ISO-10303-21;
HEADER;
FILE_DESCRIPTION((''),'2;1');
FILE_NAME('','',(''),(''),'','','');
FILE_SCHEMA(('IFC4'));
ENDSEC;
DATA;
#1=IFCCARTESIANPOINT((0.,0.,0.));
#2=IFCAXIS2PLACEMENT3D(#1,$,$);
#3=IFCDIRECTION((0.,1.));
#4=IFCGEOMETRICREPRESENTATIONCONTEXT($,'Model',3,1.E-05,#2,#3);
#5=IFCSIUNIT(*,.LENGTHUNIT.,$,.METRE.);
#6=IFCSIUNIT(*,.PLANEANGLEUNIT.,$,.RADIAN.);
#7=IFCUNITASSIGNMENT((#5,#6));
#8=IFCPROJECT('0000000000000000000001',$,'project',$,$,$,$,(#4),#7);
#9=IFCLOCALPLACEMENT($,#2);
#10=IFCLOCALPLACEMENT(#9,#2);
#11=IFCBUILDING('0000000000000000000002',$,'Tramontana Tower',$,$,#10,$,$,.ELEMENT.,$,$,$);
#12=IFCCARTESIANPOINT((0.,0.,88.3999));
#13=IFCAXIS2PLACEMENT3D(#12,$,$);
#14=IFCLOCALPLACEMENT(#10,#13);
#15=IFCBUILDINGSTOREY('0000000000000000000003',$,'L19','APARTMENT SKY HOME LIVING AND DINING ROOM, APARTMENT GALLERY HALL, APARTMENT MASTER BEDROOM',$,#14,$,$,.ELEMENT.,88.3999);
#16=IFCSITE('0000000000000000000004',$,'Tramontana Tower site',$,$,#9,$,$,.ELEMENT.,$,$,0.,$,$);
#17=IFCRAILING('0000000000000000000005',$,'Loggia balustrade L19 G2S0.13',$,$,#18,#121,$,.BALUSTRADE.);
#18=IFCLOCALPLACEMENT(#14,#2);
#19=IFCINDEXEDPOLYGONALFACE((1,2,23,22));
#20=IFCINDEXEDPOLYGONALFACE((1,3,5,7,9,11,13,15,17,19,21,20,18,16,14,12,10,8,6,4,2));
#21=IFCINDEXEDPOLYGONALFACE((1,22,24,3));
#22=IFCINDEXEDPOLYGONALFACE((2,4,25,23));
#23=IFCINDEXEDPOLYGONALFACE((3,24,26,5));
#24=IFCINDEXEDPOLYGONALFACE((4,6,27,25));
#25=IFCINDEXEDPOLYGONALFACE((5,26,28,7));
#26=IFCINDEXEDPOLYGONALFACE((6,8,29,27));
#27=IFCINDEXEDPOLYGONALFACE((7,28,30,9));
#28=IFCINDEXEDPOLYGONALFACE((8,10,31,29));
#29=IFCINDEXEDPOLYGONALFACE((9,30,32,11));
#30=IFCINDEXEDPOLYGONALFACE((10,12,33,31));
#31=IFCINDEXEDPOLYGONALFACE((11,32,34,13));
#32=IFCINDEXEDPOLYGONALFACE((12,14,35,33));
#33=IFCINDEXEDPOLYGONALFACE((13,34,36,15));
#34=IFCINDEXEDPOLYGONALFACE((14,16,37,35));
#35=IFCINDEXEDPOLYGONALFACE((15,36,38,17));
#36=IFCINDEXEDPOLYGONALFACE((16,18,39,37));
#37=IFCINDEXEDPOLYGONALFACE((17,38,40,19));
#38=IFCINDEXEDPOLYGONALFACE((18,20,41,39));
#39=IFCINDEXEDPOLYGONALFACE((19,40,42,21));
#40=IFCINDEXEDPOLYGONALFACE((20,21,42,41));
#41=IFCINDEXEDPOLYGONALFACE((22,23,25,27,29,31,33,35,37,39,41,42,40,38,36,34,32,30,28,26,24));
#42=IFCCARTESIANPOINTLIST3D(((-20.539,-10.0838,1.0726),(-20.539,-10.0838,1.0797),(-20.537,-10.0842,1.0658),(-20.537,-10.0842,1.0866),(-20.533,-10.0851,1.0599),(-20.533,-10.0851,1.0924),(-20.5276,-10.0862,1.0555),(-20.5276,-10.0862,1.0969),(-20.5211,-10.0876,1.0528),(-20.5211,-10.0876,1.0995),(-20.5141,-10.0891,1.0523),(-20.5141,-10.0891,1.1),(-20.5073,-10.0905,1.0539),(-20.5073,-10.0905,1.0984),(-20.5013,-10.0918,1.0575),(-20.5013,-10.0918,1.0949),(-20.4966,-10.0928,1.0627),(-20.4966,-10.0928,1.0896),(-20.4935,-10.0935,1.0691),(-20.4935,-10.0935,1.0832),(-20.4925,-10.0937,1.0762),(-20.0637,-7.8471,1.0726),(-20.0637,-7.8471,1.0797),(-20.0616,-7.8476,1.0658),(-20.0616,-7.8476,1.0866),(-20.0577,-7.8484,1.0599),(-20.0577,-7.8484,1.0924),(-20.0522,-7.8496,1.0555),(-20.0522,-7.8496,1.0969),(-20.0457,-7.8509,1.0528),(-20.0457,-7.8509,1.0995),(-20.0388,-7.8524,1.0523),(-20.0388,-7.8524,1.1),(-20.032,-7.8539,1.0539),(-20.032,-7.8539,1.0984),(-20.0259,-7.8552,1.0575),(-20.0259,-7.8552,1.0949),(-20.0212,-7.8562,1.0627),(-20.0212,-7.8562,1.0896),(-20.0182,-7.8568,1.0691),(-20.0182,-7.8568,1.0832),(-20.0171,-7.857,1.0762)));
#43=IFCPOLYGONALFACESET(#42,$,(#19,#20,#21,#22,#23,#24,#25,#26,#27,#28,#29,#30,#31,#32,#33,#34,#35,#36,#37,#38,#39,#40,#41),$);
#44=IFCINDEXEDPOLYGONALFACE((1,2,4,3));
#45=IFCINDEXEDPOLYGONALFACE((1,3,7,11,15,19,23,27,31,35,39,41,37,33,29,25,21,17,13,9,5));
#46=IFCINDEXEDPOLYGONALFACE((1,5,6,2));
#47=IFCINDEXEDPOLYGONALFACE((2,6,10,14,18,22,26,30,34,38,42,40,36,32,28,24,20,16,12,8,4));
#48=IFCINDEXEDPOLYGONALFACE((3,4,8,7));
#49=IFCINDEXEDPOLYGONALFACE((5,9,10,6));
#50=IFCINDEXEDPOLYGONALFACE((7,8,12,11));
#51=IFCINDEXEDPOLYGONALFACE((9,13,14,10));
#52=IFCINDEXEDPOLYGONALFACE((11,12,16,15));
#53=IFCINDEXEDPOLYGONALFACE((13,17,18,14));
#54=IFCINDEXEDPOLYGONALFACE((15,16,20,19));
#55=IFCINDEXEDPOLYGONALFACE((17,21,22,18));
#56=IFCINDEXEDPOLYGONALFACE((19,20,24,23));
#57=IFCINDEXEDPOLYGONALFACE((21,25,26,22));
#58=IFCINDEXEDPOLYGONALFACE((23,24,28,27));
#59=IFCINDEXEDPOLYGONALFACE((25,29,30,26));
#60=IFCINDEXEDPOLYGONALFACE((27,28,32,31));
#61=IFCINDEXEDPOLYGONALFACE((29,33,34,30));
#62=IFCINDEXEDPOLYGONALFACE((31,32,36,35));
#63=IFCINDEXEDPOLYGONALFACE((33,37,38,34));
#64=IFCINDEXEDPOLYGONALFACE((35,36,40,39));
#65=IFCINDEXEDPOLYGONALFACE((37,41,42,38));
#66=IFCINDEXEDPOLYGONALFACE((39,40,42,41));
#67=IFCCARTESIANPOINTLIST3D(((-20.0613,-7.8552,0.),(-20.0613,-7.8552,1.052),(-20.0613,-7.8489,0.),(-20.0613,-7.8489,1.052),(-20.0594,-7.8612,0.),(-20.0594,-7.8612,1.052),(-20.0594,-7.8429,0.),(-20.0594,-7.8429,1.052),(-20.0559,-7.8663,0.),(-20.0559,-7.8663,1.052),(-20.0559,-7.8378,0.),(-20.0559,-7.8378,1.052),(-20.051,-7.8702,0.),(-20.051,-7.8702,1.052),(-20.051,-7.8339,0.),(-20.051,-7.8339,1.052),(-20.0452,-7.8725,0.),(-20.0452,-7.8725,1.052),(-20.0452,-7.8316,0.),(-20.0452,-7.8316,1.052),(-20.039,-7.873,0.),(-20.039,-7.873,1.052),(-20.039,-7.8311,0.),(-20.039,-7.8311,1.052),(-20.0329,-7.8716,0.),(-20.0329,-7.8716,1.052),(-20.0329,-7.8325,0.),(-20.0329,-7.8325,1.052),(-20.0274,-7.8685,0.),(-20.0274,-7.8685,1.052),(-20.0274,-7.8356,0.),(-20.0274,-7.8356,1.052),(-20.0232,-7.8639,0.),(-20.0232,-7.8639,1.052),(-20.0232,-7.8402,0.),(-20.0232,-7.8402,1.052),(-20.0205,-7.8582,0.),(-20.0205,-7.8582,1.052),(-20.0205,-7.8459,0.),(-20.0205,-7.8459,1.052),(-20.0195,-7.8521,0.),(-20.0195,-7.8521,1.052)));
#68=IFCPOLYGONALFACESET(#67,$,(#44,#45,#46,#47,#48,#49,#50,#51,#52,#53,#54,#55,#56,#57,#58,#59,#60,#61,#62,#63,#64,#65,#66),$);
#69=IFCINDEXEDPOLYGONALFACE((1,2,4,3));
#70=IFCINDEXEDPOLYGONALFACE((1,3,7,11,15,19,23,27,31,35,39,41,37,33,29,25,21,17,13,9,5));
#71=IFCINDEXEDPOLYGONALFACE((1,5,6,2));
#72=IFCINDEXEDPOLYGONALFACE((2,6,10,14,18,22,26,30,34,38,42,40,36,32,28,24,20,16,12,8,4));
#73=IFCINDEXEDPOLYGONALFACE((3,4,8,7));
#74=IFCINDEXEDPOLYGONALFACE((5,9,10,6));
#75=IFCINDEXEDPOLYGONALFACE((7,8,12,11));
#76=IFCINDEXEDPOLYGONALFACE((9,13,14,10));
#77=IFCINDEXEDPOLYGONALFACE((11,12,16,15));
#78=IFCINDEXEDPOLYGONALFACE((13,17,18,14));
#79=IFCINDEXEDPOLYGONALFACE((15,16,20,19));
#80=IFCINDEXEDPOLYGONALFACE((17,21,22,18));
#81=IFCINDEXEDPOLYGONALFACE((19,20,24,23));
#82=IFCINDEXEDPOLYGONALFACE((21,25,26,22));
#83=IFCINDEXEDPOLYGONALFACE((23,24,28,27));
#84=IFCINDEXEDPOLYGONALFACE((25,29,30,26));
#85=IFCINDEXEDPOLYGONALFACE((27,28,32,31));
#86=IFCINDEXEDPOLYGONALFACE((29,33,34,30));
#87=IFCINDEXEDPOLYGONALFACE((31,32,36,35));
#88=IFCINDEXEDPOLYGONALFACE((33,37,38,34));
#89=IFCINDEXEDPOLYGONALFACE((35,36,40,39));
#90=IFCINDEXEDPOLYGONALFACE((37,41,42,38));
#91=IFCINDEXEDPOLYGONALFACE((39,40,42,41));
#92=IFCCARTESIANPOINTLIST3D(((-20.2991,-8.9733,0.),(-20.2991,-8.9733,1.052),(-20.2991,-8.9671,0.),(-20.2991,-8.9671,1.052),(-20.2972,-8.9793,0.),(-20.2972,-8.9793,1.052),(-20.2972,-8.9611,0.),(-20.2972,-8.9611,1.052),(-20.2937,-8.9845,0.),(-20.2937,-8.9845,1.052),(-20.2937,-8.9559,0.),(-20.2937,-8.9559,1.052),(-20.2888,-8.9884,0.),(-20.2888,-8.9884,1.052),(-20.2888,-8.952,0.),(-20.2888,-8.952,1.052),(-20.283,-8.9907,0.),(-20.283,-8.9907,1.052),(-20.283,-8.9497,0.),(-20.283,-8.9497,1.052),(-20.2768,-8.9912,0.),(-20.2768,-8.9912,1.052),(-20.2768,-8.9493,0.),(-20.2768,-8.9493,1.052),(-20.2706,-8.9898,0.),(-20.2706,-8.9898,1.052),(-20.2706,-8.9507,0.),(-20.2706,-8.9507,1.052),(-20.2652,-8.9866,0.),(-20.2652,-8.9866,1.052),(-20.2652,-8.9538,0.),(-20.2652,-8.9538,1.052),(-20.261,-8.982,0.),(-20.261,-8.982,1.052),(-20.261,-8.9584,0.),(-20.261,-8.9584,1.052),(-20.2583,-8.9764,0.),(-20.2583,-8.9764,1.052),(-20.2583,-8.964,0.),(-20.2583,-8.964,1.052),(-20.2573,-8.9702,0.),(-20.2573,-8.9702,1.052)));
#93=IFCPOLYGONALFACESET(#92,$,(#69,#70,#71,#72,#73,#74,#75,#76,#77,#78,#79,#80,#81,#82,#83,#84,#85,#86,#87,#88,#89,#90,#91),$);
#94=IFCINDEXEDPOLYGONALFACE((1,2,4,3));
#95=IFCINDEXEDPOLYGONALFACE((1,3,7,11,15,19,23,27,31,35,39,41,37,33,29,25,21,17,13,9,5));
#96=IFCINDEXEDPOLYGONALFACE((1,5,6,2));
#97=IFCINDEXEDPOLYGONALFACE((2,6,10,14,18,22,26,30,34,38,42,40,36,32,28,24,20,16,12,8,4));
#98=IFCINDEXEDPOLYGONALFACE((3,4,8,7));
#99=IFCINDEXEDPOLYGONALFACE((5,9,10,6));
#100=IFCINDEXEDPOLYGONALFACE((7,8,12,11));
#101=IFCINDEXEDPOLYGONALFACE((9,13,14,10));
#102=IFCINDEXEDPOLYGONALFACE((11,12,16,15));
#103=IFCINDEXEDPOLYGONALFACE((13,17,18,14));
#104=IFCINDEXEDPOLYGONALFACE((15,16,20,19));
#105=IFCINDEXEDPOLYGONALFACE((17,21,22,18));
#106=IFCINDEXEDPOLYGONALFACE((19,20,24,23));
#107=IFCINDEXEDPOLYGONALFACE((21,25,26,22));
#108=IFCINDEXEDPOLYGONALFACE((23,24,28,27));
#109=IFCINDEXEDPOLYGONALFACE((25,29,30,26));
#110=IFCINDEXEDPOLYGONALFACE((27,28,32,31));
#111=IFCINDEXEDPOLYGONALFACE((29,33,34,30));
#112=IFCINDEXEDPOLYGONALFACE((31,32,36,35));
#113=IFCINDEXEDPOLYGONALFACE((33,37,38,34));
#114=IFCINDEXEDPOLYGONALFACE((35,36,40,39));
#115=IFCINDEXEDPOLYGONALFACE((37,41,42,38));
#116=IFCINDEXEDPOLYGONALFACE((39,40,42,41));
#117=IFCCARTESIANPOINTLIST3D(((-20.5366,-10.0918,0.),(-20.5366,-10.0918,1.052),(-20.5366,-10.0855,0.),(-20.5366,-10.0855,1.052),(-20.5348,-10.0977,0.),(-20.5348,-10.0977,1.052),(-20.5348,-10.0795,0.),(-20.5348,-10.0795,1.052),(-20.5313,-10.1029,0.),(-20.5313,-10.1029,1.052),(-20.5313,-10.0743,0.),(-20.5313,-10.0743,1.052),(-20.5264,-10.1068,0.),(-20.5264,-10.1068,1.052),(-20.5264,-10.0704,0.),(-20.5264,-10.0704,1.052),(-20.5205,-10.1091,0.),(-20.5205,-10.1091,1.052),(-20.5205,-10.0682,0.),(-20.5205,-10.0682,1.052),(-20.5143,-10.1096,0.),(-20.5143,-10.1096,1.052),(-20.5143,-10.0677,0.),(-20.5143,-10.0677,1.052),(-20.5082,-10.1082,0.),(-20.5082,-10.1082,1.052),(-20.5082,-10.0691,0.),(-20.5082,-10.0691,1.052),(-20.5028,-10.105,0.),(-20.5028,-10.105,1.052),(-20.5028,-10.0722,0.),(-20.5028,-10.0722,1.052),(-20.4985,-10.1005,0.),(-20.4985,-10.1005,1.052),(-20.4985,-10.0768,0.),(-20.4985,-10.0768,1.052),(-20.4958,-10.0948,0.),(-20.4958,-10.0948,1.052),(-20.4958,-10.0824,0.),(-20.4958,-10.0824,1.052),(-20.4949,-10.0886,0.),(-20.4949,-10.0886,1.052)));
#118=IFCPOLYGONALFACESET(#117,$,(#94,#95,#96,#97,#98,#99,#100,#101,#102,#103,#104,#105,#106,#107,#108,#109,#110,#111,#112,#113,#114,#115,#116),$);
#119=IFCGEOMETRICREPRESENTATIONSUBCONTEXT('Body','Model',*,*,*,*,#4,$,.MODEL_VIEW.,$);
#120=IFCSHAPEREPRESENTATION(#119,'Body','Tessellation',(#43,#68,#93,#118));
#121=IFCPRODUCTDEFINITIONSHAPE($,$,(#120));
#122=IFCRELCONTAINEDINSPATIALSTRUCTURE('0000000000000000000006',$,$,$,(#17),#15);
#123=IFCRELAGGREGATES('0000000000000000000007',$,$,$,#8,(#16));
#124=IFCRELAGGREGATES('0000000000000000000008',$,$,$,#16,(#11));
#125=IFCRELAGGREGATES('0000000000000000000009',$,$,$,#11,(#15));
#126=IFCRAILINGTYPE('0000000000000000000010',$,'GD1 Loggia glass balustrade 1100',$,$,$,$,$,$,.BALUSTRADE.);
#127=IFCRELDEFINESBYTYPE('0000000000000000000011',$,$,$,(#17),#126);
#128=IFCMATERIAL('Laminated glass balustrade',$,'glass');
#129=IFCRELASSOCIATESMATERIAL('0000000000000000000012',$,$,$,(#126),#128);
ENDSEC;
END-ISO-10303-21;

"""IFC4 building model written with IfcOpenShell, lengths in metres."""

from ifc_helpers import new_model, si_unit, direction, frame, origin, origin_2d, place, context, subcontext, project, spatial, circle, extrude, material, type_object, element, save


model = new_model("IFC4")

# Units and contexts
model_context = context("Model", 3, precision=1e-05, world=origin(), true_north=direction((0.0, 1.0)))
body_context = subcontext(model_context, "Body", "Model", "MODEL_VIEW")
ifc_project = project(units=[si_unit("LENGTHUNIT", "METRE"), si_unit("PLANEANGLEUNIT", "RADIAN")], contexts=[model_context])

# Site, building, storey
site_placement = place(None, origin())
site = spatial("IfcSite", under=ifc_project, at=site_placement, Name="Tramontana Tower site", CompositionType="ELEMENT", RefElevation=0.0)
building_placement = place(site_placement, origin())
building = spatial("IfcBuilding", under=site, at=building_placement, Name="Tramontana Tower", CompositionType="ELEMENT")
storey_placement = place(building_placement, frame((0.0, 0.0, 88.3999)))
storey = spatial("IfcBuildingStorey", under=building, at=storey_placement, Name="L19", Description="APARTMENT SKY HOME LIVING AND DINING ROOM, APARTMENT GALLERY HALL, APARTMENT MASTER BEDROOM", CompositionType="ELEMENT", Elevation=88.3999)

# Railing
ifc_material_1 = material(Name="Laminated glass balustrade", Category="glass")
railing_type = type_object("IfcRailingType", Name="GD1 Loggia glass balustrade 1100", PredefinedType="BALUSTRADE", material=ifc_material_1)
railing_placement = place(storey_placement, frame((-20.0405, -7.8521, 0.0)))
element("IfcRailing", 1, at=railing_placement, inside=storey, type_object=railing_type, Name="Loggia balustrade L19 G2S0.13", PredefinedType="BALUSTRADE", context=body_context, shape_type="SweptSolid", body=[
    extrude(circle(Radius=0.0239, at=origin_2d()), frame((0.0, 0.0, 1.0762), z_axis=(-0.207888, -0.978153, 0.0), x_axis=(0.978153, -0.207888, 0.0)), (0.0, 0.0, 1.0), 2.2866),
    extrude(circle(Radius=0.021, at=origin_2d()), origin(), (0.0, 0.0, 1.0), 1.052),
    extrude(circle(Radius=0.021, at=origin_2d()), frame((-0.2378, -1.1182, 0.0)), (0.0, 0.0, 1.0), 1.052),
    extrude(circle(Radius=0.021, at=origin_2d()), frame((-0.4753, -2.2366, 0.0)), (0.0, 0.0, 1.0), 1.052),
])

save(model, "model.ifc")
